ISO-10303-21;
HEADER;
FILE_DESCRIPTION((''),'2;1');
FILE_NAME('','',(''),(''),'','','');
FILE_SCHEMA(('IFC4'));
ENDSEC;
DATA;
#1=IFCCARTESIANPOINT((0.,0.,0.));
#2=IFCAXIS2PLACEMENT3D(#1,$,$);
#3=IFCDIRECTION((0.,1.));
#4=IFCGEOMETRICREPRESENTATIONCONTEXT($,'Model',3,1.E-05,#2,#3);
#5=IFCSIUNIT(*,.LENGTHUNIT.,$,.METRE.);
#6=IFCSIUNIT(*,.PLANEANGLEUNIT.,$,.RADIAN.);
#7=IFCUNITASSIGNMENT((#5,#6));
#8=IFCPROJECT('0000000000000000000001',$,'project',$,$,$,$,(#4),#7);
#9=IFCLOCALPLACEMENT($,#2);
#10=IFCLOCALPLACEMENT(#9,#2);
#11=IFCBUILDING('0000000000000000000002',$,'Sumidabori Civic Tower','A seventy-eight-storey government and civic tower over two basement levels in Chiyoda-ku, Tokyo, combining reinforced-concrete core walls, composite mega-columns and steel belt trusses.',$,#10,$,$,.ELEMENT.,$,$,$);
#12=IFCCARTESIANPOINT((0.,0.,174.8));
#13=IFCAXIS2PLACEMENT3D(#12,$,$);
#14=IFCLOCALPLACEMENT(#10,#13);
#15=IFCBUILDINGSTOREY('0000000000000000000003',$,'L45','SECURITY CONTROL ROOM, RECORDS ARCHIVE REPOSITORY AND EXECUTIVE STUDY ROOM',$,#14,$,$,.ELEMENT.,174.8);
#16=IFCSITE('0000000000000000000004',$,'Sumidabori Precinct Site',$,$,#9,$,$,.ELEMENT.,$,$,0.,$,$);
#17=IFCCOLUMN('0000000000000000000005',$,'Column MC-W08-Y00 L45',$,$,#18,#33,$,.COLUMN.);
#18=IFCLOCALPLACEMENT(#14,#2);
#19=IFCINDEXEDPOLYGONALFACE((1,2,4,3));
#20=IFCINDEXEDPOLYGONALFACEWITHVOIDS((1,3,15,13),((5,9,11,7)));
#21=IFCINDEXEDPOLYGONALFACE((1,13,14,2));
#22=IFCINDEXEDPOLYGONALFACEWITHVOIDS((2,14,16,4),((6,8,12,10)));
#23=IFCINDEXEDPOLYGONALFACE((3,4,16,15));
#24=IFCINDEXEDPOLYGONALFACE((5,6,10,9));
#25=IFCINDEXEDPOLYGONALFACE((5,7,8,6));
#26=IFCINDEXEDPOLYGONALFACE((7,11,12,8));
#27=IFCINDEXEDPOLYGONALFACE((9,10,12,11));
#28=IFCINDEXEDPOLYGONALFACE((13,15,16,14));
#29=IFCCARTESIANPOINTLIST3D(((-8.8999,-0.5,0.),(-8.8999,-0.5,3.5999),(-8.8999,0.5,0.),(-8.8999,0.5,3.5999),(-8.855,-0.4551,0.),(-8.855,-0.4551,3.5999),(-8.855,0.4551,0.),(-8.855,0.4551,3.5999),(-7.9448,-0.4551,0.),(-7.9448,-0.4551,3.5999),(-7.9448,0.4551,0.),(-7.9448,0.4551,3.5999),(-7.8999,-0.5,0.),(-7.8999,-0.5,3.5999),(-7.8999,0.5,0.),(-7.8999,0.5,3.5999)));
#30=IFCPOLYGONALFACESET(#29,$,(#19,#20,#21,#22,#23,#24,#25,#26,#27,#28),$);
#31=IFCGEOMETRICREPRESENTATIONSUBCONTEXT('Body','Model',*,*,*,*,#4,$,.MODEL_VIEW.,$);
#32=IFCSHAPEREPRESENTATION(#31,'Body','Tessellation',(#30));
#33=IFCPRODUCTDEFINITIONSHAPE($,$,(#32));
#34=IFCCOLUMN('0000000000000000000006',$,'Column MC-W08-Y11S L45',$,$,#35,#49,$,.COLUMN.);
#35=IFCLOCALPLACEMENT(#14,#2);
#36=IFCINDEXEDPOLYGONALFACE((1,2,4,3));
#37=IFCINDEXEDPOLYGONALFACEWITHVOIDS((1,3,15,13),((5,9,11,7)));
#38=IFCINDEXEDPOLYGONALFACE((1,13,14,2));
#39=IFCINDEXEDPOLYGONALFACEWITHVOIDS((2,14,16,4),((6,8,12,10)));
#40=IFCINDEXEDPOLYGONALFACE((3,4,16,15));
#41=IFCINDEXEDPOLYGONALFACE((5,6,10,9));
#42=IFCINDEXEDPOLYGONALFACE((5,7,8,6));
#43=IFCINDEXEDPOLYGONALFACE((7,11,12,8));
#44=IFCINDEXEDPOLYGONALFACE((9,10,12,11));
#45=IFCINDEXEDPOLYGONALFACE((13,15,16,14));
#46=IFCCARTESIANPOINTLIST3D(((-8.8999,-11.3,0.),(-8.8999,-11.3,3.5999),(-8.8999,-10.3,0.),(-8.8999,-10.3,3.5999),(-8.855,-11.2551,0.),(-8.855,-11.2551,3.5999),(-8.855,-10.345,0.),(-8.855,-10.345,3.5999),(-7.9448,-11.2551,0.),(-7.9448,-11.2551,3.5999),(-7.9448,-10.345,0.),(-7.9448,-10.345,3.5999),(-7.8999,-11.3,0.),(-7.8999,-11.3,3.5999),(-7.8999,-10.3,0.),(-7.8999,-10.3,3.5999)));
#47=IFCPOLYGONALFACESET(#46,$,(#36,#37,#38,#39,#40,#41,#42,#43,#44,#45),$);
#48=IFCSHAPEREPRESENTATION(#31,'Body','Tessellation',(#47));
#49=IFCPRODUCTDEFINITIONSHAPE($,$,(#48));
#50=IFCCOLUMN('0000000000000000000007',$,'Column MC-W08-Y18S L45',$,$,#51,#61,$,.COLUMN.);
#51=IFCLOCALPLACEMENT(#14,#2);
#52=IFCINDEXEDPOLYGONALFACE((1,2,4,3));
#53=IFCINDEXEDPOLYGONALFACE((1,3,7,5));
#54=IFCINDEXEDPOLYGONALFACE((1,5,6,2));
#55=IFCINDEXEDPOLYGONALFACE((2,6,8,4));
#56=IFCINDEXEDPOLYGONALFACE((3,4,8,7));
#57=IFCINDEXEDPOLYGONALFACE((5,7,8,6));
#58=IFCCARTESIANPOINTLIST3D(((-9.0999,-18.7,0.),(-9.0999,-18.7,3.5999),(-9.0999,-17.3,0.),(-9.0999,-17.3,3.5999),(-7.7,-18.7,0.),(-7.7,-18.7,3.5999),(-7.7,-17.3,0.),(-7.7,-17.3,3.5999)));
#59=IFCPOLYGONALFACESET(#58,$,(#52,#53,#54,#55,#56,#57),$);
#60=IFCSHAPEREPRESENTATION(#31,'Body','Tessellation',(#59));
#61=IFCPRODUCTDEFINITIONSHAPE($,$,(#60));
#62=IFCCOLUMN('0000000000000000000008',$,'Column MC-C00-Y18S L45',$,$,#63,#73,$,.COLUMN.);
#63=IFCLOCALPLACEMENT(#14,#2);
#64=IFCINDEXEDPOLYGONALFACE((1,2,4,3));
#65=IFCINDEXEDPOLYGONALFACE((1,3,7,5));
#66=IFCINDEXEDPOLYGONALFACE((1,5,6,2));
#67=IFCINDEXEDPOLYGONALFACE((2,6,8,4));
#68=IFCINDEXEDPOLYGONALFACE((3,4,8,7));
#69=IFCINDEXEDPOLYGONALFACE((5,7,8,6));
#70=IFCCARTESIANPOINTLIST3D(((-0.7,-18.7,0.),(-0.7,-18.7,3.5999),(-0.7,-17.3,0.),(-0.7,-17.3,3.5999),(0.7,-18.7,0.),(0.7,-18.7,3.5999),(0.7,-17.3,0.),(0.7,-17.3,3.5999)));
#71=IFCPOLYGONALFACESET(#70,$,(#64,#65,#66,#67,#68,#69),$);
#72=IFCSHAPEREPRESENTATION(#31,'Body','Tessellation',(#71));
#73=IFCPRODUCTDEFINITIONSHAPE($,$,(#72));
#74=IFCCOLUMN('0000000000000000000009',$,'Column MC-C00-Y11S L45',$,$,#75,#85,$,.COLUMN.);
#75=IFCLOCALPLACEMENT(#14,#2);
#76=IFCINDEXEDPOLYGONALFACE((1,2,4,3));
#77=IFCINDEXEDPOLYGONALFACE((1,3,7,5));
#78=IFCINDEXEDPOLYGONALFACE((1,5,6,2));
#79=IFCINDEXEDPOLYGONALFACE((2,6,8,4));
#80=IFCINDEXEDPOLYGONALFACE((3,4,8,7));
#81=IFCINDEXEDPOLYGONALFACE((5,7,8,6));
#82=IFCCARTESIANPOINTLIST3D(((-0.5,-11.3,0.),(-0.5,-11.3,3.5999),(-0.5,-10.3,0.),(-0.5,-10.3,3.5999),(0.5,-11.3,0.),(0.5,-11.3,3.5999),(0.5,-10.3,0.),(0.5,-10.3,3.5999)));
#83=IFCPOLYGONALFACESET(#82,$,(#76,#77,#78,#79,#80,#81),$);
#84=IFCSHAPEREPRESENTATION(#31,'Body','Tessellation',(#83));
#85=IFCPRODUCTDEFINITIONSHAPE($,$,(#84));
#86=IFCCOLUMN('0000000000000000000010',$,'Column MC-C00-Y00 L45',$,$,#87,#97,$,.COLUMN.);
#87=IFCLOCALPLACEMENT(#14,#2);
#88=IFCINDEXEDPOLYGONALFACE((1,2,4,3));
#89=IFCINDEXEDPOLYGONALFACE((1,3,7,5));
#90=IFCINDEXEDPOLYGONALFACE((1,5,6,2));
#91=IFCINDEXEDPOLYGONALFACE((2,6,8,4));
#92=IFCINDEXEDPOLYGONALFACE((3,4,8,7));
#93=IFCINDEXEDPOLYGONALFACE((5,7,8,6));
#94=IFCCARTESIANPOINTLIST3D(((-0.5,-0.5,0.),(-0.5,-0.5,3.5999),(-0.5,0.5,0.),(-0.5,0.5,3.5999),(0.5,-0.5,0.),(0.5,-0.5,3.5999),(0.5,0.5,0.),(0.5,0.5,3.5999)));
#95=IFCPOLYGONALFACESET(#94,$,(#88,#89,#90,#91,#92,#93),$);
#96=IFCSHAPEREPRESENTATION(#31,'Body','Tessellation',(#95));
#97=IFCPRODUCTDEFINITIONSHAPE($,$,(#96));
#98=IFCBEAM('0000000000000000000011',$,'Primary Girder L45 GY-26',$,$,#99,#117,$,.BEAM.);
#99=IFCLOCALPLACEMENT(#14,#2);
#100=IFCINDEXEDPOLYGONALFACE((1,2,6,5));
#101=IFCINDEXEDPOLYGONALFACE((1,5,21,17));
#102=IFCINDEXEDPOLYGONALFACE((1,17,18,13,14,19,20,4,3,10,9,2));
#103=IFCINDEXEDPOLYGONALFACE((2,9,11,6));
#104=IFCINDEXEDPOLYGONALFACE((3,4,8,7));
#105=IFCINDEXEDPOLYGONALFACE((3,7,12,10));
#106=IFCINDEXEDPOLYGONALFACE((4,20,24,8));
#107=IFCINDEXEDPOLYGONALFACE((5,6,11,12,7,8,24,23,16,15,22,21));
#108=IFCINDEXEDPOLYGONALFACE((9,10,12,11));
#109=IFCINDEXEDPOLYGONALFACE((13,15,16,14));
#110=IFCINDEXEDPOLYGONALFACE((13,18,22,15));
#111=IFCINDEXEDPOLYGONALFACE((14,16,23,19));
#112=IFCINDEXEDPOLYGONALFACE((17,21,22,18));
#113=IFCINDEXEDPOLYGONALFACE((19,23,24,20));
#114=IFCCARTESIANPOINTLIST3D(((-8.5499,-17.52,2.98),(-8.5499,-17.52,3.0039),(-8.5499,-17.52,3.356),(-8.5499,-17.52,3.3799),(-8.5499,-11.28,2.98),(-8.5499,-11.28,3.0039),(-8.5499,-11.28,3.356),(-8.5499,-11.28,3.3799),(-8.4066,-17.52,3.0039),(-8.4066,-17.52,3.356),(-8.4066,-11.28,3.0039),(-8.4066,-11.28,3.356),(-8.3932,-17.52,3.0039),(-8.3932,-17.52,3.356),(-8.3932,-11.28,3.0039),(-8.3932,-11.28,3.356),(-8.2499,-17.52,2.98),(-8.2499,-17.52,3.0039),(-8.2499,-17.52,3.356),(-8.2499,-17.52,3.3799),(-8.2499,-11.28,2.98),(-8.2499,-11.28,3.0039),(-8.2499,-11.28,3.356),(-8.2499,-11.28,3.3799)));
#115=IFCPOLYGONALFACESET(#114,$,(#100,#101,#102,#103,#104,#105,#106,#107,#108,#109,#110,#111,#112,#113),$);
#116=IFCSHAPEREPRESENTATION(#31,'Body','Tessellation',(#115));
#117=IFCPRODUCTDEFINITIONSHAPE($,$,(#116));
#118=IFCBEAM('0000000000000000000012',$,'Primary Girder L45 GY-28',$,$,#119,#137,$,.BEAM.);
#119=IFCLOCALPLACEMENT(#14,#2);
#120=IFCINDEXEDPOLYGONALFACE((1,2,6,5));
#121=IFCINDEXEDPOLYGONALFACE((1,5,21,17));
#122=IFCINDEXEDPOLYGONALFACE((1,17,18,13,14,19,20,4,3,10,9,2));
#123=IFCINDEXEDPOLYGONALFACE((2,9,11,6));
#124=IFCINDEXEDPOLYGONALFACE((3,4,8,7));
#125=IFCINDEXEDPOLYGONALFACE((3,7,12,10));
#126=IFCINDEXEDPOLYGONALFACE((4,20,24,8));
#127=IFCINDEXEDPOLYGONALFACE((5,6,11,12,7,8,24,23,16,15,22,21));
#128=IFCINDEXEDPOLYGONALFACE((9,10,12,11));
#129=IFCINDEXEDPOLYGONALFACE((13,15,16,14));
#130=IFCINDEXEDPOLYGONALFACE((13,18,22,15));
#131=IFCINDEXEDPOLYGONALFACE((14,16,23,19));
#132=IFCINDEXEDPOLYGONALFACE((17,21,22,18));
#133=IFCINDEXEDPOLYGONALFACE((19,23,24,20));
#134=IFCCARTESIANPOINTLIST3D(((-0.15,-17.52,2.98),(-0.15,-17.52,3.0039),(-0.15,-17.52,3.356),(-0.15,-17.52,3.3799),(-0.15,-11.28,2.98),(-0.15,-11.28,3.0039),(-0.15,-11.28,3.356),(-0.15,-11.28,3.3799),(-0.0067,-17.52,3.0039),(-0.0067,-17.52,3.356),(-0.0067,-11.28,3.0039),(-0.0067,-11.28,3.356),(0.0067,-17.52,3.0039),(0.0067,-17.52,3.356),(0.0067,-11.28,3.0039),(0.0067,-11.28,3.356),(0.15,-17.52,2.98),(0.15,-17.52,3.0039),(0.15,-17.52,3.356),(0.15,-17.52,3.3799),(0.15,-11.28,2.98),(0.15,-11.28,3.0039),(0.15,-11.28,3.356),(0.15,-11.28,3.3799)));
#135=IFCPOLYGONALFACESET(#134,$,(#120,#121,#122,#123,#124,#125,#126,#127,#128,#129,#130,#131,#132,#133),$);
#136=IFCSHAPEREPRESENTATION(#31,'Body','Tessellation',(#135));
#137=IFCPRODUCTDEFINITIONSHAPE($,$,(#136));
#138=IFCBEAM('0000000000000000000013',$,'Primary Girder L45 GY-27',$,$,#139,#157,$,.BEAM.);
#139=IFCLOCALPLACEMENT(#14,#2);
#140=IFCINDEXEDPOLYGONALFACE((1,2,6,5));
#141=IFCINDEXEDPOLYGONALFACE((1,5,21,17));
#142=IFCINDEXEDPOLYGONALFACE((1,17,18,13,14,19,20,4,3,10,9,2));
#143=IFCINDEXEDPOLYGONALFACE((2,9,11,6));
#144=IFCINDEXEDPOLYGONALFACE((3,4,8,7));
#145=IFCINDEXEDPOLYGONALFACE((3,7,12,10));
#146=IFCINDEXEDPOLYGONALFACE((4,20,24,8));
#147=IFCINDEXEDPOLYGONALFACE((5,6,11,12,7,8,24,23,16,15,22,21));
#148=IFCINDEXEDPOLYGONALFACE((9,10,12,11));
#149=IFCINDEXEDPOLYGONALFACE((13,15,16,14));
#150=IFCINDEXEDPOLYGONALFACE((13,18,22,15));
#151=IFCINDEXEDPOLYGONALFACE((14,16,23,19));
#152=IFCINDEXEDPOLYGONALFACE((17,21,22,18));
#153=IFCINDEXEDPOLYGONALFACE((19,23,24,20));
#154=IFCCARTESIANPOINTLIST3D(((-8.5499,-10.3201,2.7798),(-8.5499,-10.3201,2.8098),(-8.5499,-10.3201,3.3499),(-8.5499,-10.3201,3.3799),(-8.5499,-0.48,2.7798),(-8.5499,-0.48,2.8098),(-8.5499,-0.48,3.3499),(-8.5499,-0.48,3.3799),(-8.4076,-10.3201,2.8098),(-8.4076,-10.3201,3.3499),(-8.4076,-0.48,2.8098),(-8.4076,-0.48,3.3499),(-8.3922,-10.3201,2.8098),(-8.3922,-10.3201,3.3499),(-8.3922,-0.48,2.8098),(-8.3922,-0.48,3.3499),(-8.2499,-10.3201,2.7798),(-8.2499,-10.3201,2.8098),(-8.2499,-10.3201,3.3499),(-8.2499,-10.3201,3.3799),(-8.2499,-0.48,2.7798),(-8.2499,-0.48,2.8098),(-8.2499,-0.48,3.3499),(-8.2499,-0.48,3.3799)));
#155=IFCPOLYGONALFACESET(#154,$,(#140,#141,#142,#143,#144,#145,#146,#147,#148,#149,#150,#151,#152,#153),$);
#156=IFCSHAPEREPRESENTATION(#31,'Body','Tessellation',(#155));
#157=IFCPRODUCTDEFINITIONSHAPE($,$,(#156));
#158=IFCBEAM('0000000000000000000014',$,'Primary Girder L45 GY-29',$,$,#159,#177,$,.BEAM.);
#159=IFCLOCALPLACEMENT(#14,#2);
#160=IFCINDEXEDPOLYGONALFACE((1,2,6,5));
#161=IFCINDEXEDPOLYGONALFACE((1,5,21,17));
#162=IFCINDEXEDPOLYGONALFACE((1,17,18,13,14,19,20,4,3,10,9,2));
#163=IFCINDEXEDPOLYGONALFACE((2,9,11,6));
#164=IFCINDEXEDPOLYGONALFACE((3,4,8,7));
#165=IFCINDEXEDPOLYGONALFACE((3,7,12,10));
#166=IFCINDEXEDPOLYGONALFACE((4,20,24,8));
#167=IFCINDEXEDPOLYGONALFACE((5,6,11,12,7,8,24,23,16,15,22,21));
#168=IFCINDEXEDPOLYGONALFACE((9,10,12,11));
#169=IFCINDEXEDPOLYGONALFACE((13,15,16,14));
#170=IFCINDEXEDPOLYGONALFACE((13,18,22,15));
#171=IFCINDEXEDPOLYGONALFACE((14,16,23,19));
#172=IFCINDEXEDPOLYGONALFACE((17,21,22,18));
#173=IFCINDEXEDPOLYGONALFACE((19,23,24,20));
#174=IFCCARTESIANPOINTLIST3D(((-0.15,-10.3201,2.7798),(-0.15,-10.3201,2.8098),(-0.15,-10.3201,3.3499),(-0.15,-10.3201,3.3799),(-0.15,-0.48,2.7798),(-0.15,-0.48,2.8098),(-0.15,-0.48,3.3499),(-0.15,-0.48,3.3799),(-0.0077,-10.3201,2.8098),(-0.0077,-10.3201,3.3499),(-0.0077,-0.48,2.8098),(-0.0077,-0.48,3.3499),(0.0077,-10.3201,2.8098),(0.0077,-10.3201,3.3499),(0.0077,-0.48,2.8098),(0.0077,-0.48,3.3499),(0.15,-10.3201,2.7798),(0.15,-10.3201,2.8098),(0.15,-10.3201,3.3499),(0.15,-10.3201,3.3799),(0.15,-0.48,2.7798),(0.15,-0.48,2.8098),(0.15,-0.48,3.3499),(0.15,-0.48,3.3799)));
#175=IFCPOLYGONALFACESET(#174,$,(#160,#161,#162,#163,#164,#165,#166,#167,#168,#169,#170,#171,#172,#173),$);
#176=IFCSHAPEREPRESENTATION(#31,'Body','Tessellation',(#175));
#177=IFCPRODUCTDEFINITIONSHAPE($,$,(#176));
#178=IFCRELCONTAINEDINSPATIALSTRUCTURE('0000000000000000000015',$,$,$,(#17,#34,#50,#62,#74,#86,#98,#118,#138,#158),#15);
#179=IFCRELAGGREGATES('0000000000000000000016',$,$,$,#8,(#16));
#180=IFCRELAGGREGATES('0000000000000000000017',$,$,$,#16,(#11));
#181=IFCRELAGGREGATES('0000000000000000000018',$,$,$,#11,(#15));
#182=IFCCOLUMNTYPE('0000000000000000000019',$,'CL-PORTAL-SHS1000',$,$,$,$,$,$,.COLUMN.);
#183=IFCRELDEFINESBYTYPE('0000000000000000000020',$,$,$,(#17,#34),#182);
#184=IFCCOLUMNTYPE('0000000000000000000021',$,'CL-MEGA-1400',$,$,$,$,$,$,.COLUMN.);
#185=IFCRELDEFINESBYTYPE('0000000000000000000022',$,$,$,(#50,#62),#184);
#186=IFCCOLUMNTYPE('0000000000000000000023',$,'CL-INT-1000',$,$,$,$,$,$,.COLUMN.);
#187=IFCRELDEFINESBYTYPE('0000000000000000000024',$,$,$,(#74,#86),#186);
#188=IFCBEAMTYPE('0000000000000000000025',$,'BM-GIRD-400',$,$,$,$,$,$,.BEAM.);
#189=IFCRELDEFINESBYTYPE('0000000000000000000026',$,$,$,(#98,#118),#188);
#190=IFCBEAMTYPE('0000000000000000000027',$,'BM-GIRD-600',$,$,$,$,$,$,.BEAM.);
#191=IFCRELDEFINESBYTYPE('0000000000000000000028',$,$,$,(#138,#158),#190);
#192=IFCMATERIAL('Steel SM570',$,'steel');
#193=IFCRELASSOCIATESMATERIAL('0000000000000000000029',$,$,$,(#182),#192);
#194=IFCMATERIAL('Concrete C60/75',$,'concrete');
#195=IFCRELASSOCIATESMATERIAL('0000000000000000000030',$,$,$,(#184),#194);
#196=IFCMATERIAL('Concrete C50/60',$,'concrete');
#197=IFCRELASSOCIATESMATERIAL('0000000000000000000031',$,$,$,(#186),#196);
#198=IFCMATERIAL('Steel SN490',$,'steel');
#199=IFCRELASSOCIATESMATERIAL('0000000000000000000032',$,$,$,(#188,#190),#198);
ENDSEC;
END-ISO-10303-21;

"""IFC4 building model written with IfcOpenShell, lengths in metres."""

from ifc_helpers import new_model, si_unit, direction, frame, origin, origin_2d, place, context, subcontext, project, spatial, rectangle, hollow_rectangle, i_section, extrude, source, transform, mapped, material, material_profile, profile_set, type_object, element, save


model = new_model("IFC4")

# Units and contexts
model_context = context("Model", 3, precision=1e-05, world=origin(), true_north=direction((0.0, 1.0)))
body_context = subcontext(model_context, "Body", "Model", "MODEL_VIEW")
ifc_project = project(units=[si_unit("LENGTHUNIT", "METRE"), si_unit("PLANEANGLEUNIT", "RADIAN")], contexts=[model_context])

# Site, building, storey
site_placement = place(None, origin())
site = spatial("IfcSite", under=ifc_project, at=site_placement, Name="Sumidabori Precinct Site", CompositionType="ELEMENT", RefElevation=0.0)
building_placement = place(site_placement, origin())
building = spatial("IfcBuilding", under=site, at=building_placement, Name="Sumidabori Civic Tower", Description="A seventy-eight-storey government and civic tower over two basement levels in Chiyoda-ku, Tokyo, combining reinforced-concrete core walls, composite mega-columns and steel belt trusses.", CompositionType="ELEMENT")
storey_placement = place(building_placement, frame((0.0, 0.0, 174.8)))
storey = spatial("IfcBuildingStorey", under=building, at=storey_placement, Name="L45", Description="SECURITY CONTROL ROOM, RECORDS ARCHIVE REPOSITORY AND EXECUTIVE STUDY ROOM", CompositionType="ELEMENT", Elevation=174.8)

# Columns
ifc_material_1 = material(Name="Steel SM570", Category="steel")
ifc_material_profile_1 = material_profile(ifc_material_1, hollow_rectangle(XDim=1.0, YDim=1.0, WallThickness=0.0449, at=origin_2d()), Name="SHS 1000x1000x45")
ifc_profile_set_1 = profile_set([ifc_material_profile_1], Name="Steel SM570")
column_type_1 = type_object("IfcColumnType", Name="CL-PORTAL-SHS1000", PredefinedType="COLUMN", material=ifc_profile_set_1)
shared_shape_1 = source(origin(), body_context, "Body", "SweptSolid", [
    extrude(hollow_rectangle(XDim=1.0, YDim=1.0, WallThickness=0.0449, at=origin_2d()), origin(), (0.0, 0.0, 1.0), 3.5999),
])
for number, where, z_axis, x_axis, name in (
    (1, (-8.3999, 0.0, 0.0), (0.0, 0.0, 1.0), (1.0, 0.0, 0.0), "Column MC-W08-Y00 L45"),
    (2, (-8.3999, -10.8, 0.0), (0.0, 0.0, 1.0), (1.0, 0.0, 0.0), "Column MC-W08-Y11S L45"),
):
    element("IfcColumn", number, at=place(storey_placement, frame(where, z_axis=z_axis, x_axis=x_axis)), inside=storey, type_object=column_type_1, Name=name, PredefinedType="COLUMN", context=body_context, shape_type="MappedRepresentation", body=[
        mapped(shared_shape_1, transform((0.0, 0.0, 0.0), x_axis=(1.0, 0.0, 0.0), y_axis=(0.0, 1.0, 0.0), z_axis=(0.0, 0.0, 1.0), scale=1.0)),
    ])
ifc_material_2 = material(Name="Concrete C60/75", Category="concrete")
ifc_material_profile_2 = material_profile(ifc_material_2, rectangle(XDim=1.3999, YDim=1.3999, at=origin_2d()), Name="RC 1400x1400")
ifc_profile_set_2 = profile_set([ifc_material_profile_2], Name="Concrete C60/75")
column_type_2 = type_object("IfcColumnType", Name="CL-MEGA-1400", PredefinedType="COLUMN", material=ifc_profile_set_2)
shared_shape_2 = source(origin(), body_context, "Body", "SweptSolid", [
    extrude(rectangle(XDim=1.3999, YDim=1.3999, at=origin_2d()), origin(), (0.0, 0.0, 1.0), 3.5999),
])
for number, where, z_axis, x_axis, name in (
    (3, (-8.3999, -18.0, 0.0), (0.0, 0.0, 1.0), (1.0, 0.0, 0.0), "Column MC-W08-Y18S L45"),
    (4, (0.0, -18.0, 0.0), (0.0, 0.0, 1.0), (1.0, 0.0, 0.0), "Column MC-C00-Y18S L45"),
):
    element("IfcColumn", number, at=place(storey_placement, frame(where, z_axis=z_axis, x_axis=x_axis)), inside=storey, type_object=column_type_2, Name=name, PredefinedType="COLUMN", context=body_context, shape_type="MappedRepresentation", body=[
        mapped(shared_shape_2, transform((0.0, 0.0, 0.0), x_axis=(1.0, 0.0, 0.0), y_axis=(0.0, 1.0, 0.0), z_axis=(0.0, 0.0, 1.0), scale=1.0)),
    ])
ifc_material_3 = material(Name="Concrete C50/60", Category="concrete")
ifc_material_profile_3 = material_profile(ifc_material_3, rectangle(XDim=1.0, YDim=1.0, at=origin_2d()), Name="RC 1000x1000")
ifc_profile_set_3 = profile_set([ifc_material_profile_3], Name="Concrete C50/60")
column_type_3 = type_object("IfcColumnType", Name="CL-INT-1000", PredefinedType="COLUMN", material=ifc_profile_set_3)
shared_shape_3 = source(origin(), body_context, "Body", "SweptSolid", [
    extrude(rectangle(XDim=1.0, YDim=1.0, at=origin_2d()), origin(), (0.0, 0.0, 1.0), 3.5999),
])
for number, where, z_axis, x_axis, name in (
    (5, (0.0, -10.8, 0.0), (0.0, 0.0, 1.0), (1.0, 0.0, 0.0), "Column MC-C00-Y11S L45"),
    (6, (0.0, 0.0, 0.0), (0.0, 0.0, 1.0), (1.0, 0.0, 0.0), "Column MC-C00-Y00 L45"),
):
    element("IfcColumn", number, at=place(storey_placement, frame(where, z_axis=z_axis, x_axis=x_axis)), inside=storey, type_object=column_type_3, Name=name, PredefinedType="COLUMN", context=body_context, shape_type="MappedRepresentation", body=[
        mapped(shared_shape_3, transform((0.0, 0.0, 0.0), x_axis=(1.0, 0.0, 0.0), y_axis=(0.0, 1.0, 0.0), z_axis=(0.0, 0.0, 1.0), scale=1.0)),
    ])

# Beams
ifc_material_4 = material(Name="Steel SN490", Category="steel")
ifc_material_profile_4 = material_profile(ifc_material_4, i_section(OverallWidth=0.3, OverallDepth=0.3999, WebThickness=0.0134, FlangeThickness=0.0239, at=origin_2d()), Name="HE 400 B")
ifc_profile_set_4 = profile_set([ifc_material_profile_4], Name="Steel SN490")
beam_type_1 = type_object("IfcBeamType", Name="BM-GIRD-400", PredefinedType="BEAM", material=ifc_profile_set_4)
shared_shape_4 = source(origin(), body_context, "Body", "SweptSolid", [
    extrude(i_section(OverallWidth=0.3, OverallDepth=0.3999, WebThickness=0.0134, FlangeThickness=0.0239, at=origin_2d()), origin(), (0.0, 0.0, 1.0), 6.24),
])
for number, where, z_axis, x_axis, name in (
    (7, (-8.3999, -17.52, 3.1799), (0.0, 1.0, 0.0), (-1.0, 0.0, 0.0), "Primary Girder L45 GY-26"),
    (8, (0.0, -17.52, 3.1799), (0.0, 1.0, 0.0), (-1.0, 0.0, 0.0), "Primary Girder L45 GY-28"),
):
    element("IfcBeam", number, at=place(storey_placement, frame(where, z_axis=z_axis, x_axis=x_axis)), inside=storey, type_object=beam_type_1, Name=name, PredefinedType="BEAM", context=body_context, shape_type="MappedRepresentation", body=[
        mapped(shared_shape_4, transform((0.0, 0.0, 0.0), x_axis=(1.0, 0.0, 0.0), y_axis=(0.0, 1.0, 0.0), z_axis=(0.0, 0.0, 1.0), scale=1.0)),
    ])
ifc_material_profile_5 = material_profile(ifc_material_4, i_section(OverallWidth=0.3, OverallDepth=0.6001, WebThickness=0.0154, FlangeThickness=0.03, at=origin_2d()), Name="HE 600 B")
ifc_profile_set_5 = profile_set([ifc_material_profile_5], Name="Steel SN490")
beam_type_2 = type_object("IfcBeamType", Name="BM-GIRD-600", PredefinedType="BEAM", material=ifc_profile_set_5)
shared_shape_5 = source(origin(), body_context, "Body", "SweptSolid", [
    extrude(i_section(OverallWidth=0.3, OverallDepth=0.6001, WebThickness=0.0154, FlangeThickness=0.03, at=origin_2d()), origin(), (0.0, 0.0, 1.0), 9.8401),
])
for number, where, z_axis, x_axis, name in (
    (9, (-8.3999, -10.3201, 3.0798), (0.0, 1.0, 0.0), (-1.0, 0.0, 0.0), "Primary Girder L45 GY-27"),
    (10, (0.0, -10.3201, 3.0798), (0.0, 1.0, 0.0), (-1.0, 0.0, 0.0), "Primary Girder L45 GY-29"),
):
    element("IfcBeam", number, at=place(storey_placement, frame(where, z_axis=z_axis, x_axis=x_axis)), inside=storey, type_object=beam_type_2, Name=name, PredefinedType="BEAM", context=body_context, shape_type="MappedRepresentation", body=[
        mapped(shared_shape_5, transform((0.0, 0.0, 0.0), x_axis=(1.0, 0.0, 0.0), y_axis=(0.0, 1.0, 0.0), z_axis=(0.0, 0.0, 1.0), scale=1.0)),
    ])

save(model, "model.ifc")
